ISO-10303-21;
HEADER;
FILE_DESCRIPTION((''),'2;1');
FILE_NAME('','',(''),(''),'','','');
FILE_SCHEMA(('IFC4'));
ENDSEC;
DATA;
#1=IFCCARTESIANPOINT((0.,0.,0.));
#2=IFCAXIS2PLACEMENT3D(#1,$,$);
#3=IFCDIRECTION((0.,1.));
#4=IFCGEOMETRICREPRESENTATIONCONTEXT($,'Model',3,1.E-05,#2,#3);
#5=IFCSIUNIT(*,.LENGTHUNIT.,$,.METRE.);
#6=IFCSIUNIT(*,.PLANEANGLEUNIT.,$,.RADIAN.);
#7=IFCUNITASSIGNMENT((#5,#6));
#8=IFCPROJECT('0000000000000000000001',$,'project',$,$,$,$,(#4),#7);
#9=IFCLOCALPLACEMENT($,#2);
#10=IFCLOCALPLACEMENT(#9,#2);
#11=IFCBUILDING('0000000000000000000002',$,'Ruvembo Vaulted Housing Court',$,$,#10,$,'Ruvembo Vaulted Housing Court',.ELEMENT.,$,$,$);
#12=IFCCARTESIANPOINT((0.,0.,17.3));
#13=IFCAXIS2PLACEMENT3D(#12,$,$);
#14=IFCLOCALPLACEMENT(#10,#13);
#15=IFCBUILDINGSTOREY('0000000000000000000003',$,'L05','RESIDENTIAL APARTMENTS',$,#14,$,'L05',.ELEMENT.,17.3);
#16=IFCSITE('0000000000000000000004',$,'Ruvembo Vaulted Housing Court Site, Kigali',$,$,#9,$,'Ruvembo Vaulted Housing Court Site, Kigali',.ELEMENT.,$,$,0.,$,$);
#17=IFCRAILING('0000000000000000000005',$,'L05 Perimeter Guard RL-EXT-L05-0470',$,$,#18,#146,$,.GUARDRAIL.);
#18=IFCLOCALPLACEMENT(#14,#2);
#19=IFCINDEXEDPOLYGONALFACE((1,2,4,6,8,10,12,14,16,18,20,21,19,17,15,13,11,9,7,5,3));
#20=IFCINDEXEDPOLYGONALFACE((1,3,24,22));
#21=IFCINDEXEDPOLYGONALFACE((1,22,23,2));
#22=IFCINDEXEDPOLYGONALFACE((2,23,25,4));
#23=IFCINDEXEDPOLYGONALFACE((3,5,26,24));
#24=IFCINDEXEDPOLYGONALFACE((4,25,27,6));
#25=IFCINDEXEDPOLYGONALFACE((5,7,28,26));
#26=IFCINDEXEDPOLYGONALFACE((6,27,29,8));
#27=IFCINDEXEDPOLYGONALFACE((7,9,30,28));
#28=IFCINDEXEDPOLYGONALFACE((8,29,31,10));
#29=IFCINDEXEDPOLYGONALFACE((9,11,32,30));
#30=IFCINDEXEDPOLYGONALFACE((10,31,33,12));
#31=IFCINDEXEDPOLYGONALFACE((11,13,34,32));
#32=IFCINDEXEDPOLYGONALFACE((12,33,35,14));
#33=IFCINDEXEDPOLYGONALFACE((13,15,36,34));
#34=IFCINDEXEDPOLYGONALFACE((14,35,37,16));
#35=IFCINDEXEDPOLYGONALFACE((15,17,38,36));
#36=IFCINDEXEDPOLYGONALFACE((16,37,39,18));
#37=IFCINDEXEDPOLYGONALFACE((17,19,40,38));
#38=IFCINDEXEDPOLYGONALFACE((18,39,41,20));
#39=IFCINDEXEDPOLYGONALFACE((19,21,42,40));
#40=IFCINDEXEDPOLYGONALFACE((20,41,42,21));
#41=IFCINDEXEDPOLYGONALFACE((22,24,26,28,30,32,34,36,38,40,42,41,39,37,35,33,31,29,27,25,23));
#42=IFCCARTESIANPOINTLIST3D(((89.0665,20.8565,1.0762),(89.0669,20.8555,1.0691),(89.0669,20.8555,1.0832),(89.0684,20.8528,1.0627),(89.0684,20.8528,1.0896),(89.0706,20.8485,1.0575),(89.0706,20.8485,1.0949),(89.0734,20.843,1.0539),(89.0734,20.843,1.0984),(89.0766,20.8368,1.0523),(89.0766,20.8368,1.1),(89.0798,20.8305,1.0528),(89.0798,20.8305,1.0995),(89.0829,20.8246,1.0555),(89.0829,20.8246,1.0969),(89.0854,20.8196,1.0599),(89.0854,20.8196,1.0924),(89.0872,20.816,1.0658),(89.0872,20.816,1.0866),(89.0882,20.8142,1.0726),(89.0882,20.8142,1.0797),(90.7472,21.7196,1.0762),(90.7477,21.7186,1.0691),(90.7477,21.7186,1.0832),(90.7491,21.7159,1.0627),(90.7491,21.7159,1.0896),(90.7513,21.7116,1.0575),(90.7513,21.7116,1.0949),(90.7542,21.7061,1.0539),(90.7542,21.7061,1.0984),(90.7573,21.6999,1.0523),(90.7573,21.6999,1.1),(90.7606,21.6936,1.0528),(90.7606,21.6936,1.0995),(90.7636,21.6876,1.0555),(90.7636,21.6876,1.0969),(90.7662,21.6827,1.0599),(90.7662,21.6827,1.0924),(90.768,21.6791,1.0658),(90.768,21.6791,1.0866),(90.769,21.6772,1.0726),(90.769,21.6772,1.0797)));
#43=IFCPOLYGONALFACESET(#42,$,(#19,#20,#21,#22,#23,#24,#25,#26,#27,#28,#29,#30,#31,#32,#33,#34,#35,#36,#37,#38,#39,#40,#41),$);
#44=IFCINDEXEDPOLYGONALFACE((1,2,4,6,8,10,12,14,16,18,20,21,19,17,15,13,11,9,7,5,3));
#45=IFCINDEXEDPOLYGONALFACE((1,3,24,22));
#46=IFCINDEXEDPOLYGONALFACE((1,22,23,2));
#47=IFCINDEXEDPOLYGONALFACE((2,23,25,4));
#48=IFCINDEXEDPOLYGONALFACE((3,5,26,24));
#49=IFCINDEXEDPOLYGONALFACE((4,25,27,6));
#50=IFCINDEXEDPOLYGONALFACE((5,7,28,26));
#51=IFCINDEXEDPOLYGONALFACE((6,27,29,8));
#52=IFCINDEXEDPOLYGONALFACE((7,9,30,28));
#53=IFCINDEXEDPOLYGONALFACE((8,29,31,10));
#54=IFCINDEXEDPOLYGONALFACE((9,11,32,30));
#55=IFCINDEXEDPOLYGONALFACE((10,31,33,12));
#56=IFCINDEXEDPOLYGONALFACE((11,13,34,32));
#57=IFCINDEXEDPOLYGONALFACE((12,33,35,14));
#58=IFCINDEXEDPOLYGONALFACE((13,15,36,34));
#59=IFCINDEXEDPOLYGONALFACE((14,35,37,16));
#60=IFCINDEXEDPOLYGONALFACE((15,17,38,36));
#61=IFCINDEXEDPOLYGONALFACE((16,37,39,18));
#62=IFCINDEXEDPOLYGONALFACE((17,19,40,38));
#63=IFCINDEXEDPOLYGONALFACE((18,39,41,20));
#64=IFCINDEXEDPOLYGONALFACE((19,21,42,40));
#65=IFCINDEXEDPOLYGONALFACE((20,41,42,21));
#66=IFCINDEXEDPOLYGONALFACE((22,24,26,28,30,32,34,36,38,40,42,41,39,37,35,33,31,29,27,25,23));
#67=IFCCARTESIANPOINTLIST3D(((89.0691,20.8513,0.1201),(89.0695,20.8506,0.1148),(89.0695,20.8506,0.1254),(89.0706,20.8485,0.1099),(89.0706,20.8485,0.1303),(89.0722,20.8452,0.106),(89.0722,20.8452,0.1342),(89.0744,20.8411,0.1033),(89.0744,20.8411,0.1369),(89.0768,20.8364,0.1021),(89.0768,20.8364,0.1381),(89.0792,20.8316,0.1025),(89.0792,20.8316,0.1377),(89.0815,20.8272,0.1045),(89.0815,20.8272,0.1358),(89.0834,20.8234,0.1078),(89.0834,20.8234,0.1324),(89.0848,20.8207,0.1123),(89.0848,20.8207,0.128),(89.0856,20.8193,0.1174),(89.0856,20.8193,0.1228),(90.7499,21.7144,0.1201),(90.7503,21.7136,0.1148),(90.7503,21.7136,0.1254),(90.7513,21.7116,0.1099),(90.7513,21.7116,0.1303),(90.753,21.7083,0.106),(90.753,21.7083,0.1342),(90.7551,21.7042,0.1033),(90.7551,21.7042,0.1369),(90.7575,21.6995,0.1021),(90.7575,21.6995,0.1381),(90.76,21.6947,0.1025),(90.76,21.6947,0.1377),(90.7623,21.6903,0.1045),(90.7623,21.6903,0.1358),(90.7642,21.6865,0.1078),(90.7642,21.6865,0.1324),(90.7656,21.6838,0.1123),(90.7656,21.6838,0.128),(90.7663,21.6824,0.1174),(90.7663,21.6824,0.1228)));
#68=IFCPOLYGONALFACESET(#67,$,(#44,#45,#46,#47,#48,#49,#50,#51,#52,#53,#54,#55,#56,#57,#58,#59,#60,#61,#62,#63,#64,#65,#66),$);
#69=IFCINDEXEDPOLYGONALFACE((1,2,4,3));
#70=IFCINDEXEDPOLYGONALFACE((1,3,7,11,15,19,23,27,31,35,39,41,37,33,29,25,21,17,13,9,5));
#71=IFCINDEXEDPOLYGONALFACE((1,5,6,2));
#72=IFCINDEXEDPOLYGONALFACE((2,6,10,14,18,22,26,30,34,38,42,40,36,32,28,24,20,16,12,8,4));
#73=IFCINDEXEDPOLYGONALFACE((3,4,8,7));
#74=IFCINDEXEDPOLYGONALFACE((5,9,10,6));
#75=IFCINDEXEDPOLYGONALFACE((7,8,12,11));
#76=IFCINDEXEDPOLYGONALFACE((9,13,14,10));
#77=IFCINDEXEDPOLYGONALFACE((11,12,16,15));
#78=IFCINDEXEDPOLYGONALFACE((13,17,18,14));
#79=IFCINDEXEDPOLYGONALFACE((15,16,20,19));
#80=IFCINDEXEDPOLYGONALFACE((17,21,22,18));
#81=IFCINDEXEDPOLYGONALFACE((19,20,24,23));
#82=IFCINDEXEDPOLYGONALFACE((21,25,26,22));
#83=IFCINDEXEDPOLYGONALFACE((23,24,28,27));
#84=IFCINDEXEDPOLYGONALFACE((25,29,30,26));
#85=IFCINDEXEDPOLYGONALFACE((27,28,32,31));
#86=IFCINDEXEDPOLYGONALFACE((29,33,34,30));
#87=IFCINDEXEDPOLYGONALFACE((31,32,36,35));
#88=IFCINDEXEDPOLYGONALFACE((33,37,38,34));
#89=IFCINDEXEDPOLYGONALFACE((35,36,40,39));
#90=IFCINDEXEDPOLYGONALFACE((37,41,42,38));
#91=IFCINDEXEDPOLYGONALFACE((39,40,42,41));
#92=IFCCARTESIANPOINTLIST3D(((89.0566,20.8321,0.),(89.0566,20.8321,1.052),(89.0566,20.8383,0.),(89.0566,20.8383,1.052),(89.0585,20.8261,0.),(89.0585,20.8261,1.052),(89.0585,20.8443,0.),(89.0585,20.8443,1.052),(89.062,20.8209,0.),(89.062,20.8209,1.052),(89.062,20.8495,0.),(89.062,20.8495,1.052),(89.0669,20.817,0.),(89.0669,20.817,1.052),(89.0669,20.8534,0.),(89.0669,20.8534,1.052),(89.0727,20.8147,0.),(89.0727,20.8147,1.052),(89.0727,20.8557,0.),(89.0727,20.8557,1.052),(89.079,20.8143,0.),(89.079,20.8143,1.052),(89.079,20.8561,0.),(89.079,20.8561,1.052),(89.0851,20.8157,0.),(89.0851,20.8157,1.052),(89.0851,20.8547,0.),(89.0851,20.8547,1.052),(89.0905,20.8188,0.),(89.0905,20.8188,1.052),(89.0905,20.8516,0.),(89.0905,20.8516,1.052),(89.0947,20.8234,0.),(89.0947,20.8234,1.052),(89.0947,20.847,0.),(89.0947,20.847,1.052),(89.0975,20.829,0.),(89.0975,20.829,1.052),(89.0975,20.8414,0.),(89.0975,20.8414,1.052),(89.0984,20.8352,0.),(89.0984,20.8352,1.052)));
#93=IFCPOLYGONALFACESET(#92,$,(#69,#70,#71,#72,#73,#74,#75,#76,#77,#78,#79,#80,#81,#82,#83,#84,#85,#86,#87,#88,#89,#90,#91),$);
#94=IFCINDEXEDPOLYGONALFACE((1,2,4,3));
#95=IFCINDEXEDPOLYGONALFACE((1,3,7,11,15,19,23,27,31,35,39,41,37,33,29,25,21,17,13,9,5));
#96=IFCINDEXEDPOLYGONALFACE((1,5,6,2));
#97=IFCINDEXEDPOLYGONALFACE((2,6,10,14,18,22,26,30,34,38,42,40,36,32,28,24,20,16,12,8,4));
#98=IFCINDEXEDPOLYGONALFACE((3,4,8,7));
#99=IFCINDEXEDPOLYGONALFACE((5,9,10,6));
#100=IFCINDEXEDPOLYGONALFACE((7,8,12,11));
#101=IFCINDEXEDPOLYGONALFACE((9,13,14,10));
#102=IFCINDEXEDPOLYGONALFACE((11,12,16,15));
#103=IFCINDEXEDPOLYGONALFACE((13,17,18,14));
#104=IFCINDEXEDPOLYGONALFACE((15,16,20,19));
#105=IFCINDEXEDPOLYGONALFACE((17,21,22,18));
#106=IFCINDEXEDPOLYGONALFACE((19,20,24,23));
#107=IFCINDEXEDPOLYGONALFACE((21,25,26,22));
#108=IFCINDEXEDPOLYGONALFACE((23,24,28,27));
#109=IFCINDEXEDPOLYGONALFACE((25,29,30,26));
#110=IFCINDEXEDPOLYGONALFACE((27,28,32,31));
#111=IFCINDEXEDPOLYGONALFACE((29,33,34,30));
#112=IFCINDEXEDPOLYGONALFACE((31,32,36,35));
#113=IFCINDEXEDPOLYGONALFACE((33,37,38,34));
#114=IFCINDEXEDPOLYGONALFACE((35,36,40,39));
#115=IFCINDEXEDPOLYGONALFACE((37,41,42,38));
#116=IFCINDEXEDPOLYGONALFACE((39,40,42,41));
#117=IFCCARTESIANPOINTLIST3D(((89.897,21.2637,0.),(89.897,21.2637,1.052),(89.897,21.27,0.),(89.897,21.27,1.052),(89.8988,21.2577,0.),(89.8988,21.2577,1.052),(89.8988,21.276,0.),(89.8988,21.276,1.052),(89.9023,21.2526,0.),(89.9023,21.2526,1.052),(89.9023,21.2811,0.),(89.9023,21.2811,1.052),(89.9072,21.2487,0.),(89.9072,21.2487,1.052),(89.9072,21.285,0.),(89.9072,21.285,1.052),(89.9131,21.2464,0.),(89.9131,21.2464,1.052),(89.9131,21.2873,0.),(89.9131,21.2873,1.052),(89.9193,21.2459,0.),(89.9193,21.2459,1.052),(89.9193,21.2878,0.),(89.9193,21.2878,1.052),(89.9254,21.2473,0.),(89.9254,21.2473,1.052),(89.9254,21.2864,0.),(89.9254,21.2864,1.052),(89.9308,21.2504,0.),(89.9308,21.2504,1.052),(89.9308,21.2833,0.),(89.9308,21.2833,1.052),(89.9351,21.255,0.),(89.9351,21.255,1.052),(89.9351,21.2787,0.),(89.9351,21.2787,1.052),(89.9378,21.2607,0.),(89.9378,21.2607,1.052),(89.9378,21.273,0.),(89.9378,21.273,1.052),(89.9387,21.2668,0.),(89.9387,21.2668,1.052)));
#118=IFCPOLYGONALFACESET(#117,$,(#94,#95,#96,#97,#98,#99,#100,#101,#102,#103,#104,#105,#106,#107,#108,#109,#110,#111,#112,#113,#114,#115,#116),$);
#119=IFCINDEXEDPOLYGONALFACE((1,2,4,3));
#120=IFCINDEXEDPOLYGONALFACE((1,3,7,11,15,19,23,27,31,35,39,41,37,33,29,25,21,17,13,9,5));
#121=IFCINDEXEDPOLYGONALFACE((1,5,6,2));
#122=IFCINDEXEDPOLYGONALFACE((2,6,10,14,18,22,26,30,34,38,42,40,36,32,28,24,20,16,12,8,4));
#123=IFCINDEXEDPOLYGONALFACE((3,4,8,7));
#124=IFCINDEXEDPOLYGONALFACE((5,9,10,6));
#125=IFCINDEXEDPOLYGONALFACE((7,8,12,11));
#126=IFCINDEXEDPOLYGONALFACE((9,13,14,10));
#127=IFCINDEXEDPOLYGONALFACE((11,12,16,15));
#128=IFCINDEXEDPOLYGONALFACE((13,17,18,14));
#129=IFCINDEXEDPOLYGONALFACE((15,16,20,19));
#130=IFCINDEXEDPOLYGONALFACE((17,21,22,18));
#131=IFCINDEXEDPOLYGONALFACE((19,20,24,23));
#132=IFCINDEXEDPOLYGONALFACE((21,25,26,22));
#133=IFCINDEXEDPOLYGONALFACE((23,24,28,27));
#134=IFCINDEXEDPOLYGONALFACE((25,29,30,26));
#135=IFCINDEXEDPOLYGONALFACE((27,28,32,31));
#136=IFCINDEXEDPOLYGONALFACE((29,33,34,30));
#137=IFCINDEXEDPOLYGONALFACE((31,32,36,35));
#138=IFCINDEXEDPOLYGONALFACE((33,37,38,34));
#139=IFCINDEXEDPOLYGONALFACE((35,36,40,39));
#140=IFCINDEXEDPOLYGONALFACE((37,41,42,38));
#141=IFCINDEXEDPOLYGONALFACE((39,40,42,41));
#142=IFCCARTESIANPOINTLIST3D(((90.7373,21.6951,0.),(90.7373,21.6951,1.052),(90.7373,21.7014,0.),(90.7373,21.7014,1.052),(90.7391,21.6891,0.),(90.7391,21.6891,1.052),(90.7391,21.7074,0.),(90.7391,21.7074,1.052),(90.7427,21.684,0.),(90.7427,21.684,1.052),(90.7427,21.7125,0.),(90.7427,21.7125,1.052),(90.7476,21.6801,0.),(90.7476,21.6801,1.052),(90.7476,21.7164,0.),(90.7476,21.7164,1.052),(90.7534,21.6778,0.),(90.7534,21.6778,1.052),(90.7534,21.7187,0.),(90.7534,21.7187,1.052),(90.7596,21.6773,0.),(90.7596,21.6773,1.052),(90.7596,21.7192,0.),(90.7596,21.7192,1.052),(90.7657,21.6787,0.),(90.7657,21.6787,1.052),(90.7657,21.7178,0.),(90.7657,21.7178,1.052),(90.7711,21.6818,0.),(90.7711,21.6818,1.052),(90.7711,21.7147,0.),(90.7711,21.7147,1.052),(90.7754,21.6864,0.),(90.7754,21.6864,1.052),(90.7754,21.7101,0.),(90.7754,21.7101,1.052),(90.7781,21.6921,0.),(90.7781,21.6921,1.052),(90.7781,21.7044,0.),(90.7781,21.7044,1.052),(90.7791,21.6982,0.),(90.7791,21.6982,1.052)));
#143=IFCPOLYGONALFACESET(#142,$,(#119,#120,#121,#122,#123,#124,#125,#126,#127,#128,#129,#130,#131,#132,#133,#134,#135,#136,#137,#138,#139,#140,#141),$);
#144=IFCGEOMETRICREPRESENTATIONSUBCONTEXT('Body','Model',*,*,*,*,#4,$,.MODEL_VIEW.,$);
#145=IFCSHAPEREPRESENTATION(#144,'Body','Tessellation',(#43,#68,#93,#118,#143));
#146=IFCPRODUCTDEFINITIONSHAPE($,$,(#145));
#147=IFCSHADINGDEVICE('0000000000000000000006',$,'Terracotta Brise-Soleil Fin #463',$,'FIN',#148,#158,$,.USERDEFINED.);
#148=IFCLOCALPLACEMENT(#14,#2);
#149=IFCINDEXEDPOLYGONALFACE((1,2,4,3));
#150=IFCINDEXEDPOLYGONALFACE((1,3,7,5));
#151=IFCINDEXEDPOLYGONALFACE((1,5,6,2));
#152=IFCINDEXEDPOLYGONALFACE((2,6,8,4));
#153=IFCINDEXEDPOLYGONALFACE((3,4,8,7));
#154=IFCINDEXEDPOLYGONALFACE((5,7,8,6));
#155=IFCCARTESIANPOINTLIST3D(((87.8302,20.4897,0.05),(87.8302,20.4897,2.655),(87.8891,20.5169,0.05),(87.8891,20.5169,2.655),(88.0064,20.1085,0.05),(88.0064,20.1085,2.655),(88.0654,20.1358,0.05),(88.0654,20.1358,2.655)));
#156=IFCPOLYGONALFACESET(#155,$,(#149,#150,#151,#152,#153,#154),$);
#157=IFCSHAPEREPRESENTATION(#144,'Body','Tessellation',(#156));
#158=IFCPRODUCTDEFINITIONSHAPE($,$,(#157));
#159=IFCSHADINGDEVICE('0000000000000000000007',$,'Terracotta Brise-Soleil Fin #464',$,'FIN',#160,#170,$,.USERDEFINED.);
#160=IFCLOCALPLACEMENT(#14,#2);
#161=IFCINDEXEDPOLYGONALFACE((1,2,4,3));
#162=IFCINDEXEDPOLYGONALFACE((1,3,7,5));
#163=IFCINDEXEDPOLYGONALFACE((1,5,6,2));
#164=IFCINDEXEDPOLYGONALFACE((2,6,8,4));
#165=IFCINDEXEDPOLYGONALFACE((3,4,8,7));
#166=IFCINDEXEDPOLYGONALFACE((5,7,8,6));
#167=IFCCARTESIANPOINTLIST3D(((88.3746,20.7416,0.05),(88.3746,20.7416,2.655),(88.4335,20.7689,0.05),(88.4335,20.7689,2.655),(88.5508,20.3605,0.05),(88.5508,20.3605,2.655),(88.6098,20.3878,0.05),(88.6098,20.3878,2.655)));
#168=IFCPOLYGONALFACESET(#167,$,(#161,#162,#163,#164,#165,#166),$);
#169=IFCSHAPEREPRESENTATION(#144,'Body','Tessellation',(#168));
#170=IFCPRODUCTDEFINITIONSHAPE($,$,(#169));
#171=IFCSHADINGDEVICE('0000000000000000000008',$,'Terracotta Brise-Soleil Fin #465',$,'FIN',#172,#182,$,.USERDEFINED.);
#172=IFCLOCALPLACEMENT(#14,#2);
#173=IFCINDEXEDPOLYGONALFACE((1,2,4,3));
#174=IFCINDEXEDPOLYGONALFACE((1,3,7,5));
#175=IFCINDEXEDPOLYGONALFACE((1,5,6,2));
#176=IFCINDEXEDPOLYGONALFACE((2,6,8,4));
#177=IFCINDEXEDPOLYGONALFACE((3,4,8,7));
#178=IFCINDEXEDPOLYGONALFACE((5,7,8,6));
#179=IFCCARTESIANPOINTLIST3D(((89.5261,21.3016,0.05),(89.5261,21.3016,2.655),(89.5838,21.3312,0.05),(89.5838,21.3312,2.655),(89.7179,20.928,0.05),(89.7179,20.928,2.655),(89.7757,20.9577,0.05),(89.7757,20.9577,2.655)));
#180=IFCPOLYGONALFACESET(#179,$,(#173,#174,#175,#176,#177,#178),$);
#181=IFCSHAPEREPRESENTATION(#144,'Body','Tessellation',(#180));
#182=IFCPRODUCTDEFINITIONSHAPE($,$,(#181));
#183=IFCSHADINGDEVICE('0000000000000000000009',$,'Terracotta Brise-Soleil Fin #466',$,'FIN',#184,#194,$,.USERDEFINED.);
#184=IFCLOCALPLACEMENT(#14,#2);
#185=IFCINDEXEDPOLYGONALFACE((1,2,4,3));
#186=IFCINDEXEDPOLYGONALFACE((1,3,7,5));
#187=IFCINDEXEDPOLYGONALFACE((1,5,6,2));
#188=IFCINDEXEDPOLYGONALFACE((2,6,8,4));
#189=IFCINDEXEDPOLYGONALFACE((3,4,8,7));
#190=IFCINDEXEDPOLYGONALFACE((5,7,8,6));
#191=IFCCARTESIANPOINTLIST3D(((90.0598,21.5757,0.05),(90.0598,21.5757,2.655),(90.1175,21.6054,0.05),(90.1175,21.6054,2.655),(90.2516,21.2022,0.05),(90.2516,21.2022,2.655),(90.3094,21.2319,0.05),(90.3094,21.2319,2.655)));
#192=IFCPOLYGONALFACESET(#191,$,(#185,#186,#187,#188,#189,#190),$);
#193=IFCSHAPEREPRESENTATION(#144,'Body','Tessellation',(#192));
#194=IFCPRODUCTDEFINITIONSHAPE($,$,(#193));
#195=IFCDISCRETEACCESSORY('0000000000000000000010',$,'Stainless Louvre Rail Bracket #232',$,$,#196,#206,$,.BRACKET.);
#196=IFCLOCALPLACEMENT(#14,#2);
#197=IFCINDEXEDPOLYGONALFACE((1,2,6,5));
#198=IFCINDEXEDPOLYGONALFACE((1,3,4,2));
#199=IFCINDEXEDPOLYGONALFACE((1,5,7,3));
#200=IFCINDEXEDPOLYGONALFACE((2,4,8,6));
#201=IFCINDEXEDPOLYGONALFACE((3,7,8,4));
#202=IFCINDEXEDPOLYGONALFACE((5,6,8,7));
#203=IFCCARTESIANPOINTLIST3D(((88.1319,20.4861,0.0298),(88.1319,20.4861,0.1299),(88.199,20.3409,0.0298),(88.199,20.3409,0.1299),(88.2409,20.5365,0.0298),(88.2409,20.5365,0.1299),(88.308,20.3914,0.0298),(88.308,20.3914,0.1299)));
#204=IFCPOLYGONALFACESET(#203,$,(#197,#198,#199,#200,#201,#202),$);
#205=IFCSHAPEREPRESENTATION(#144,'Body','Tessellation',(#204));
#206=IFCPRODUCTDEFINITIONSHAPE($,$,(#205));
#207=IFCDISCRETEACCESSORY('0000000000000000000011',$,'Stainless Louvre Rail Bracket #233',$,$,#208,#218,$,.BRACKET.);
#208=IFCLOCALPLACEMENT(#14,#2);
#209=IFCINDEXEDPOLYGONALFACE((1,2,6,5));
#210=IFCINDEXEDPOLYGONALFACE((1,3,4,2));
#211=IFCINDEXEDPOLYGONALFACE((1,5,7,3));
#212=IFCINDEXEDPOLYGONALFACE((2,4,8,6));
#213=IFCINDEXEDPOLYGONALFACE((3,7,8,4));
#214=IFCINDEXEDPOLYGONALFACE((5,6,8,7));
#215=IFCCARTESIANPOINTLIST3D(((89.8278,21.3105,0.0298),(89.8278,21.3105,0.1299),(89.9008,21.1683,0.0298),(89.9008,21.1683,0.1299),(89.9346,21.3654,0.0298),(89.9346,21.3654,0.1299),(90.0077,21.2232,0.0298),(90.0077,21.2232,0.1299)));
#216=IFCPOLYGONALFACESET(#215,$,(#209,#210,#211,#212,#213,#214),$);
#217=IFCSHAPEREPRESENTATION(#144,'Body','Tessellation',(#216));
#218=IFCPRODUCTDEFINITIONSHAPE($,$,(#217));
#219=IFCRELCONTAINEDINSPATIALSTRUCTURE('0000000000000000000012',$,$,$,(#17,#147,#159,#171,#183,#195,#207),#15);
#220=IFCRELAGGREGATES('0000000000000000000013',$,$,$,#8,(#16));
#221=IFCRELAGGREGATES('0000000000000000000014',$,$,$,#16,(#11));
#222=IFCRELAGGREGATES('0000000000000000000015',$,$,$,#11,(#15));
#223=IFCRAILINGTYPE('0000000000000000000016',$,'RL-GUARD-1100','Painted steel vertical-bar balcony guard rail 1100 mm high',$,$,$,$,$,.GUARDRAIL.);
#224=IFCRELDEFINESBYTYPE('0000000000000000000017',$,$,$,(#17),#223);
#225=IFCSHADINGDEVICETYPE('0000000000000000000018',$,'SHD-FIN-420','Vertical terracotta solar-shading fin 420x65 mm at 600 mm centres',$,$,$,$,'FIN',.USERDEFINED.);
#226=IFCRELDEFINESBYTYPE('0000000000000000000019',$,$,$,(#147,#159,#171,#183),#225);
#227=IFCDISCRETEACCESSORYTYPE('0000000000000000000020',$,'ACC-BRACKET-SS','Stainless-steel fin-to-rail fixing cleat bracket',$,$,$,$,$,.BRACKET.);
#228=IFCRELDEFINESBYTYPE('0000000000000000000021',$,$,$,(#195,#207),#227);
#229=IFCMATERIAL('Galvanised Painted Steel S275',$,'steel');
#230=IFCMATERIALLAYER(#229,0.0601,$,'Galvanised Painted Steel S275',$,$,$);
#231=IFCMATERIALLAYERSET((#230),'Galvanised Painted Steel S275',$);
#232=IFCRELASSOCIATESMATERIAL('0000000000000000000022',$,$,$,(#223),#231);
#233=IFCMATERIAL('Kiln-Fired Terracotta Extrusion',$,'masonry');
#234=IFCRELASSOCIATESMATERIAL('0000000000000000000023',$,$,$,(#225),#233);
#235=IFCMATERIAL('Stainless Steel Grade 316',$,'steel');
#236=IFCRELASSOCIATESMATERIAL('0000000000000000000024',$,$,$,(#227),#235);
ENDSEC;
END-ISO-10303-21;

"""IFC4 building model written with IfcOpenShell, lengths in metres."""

from ifc_helpers import new_model, si_unit, direction, frame, origin, origin_2d, place, context, subcontext, project, spatial, rectangle, circle, extrude, material, layer, layer_set, type_object, element, save


model = new_model("IFC4")

# Units and contexts
model_context = context("Model", 3, precision=1e-05, world=origin(), true_north=direction((0.0, 1.0)))
body_context = subcontext(model_context, "Body", "Model", "MODEL_VIEW")
ifc_project = project(units=[si_unit("LENGTHUNIT", "METRE"), si_unit("PLANEANGLEUNIT", "RADIAN")], contexts=[model_context])

# Site, building, storey
site_placement = place(None, origin())
site = spatial("IfcSite", under=ifc_project, at=site_placement, Name="Ruvembo Vaulted Housing Court Site, Kigali", LongName="Ruvembo Vaulted Housing Court Site, Kigali", CompositionType="ELEMENT", RefElevation=0.0)
building_placement = place(site_placement, origin())
building = spatial("IfcBuilding", under=site, at=building_placement, Name="Ruvembo Vaulted Housing Court", LongName="Ruvembo Vaulted Housing Court", CompositionType="ELEMENT")
storey_placement = place(building_placement, frame((0.0, 0.0, 17.3)))
storey = spatial("IfcBuildingStorey", under=building, at=storey_placement, Name="L05", Description="RESIDENTIAL APARTMENTS", LongName="L05", CompositionType="ELEMENT", Elevation=17.3)

# Railing
ifc_material_1 = material(Name="Galvanised Painted Steel S275", Category="steel")
ifc_layer_1 = layer(ifc_material_1, 0.0601, Name="Galvanised Painted Steel S275")
ifc_layer_set_1 = layer_set([ifc_layer_1], Name="Galvanised Painted Steel S275")
railing_type = type_object("IfcRailingType", Name="RL-GUARD-1100", Description="Painted steel vertical-bar balcony guard rail 1100 mm high", PredefinedType="GUARDRAIL", material=ifc_layer_set_1)
railing_1_placement = place(storey_placement, frame((89.0774, 20.8352, 0.0)))
element("IfcRailing", 1, at=railing_1_placement, inside=storey, type_object=railing_type, Name="L05 Perimeter Guard RL-EXT-L05-0470", PredefinedType="GUARDRAIL", context=body_context, shape_type="SweptSolid", body=[
    extrude(circle(Radius=0.0239, at=origin_2d()), frame((0.0, 0.0, 1.0762), z_axis=(0.889568, 0.456802, 0.0), x_axis=(-0.456802, 0.889568, 0.0)), (0.0, 0.0, 1.0), 1.8894),
    extrude(circle(Radius=0.0181, at=origin_2d()), frame((0.0, 0.0, 0.1201), z_axis=(0.889568, 0.456802, 0.0), x_axis=(-0.456802, 0.889568, 0.0)), (0.0, 0.0, 1.0), 1.8894),
    extrude(circle(Radius=0.021, at=origin_2d()), origin(), (0.0, 0.0, 1.0), 1.052),
    extrude(circle(Radius=0.021, at=origin_2d()), frame((0.8403, 0.4316, 0.0)), (0.0, 0.0, 1.0), 1.052),
    extrude(circle(Radius=0.021, at=origin_2d()), frame((1.6807, 0.863, 0.0)), (0.0, 0.0, 1.0), 1.052),
])

# Shading devices
ifc_material_2 = material(Name="Kiln-Fired Terracotta Extrusion", Category="masonry")
shading_device_type = type_object("IfcShadingDeviceType", Name="SHD-FIN-420", Description="Vertical terracotta solar-shading fin 420x65 mm at 600 mm centres", ElementType="FIN", PredefinedType="USERDEFINED", material=ifc_material_2)
for number, where, z_axis, x_axis, name in (
    (2, (87.9478, 20.3127, 0.05), (0.0, 0.0, 1.0), (0.419737, -0.907646, 0.0), "Terracotta Brise-Soleil Fin #463"),
    (3, (88.4922, 20.5647, 0.05), (0.0, 0.0, 1.0), (0.419737, -0.907646, 0.0), "Terracotta Brise-Soleil Fin #464"),
    (4, (89.6509, 21.1296, 0.05), (0.0, 0.0, 1.0), (0.45685, -0.889544, 0.0), "Terracotta Brise-Soleil Fin #465"),
    (5, (90.1846, 21.4038, 0.05), (0.0, 0.0, 1.0), (0.45685, -0.889544, 0.0), "Terracotta Brise-Soleil Fin #466"),
):
    element("IfcShadingDevice", number, at=place(storey_placement, frame(where, z_axis=z_axis, x_axis=x_axis)), inside=storey, type_object=shading_device_type, Name=name, ObjectType="FIN", PredefinedType="USERDEFINED", context=body_context, shape_type="SweptSolid", body=[
        extrude(rectangle(XDim=0.4199, YDim=0.0649, at=origin_2d()), origin(), (0.0, 0.0, 1.0), 2.605),
    ])

# Discrete accessories
ifc_material_3 = material(Name="Stainless Steel Grade 316", Category="steel")
discrete_accessory_type = type_object("IfcDiscreteAccessoryType", Name="ACC-BRACKET-SS", Description="Stainless-steel fin-to-rail fixing cleat bracket", PredefinedType="BRACKET", material=ifc_material_3)
for number, where, z_axis, x_axis, name in (
    (6, (88.22, 20.4387, 0.0298), (0.0, 0.0, 1.0), (0.419737, -0.907646, 0.0), "Stainless Louvre Rail Bracket #232"),
    (7, (89.9177, 21.2668, 0.0298), (0.0, 0.0, 1.0), (0.45685, -0.889544, 0.0), "Stainless Louvre Rail Bracket #233"),
):
    element("IfcDiscreteAccessory", number, at=place(storey_placement, frame(where, z_axis=z_axis, x_axis=x_axis)), inside=storey, type_object=discrete_accessory_type, Name=name, PredefinedType="BRACKET", context=body_context, shape_type="SweptSolid", body=[
        extrude(rectangle(XDim=0.1599, YDim=0.1201, at=origin_2d()), origin(), (0.0, 0.0, 1.0), 0.1001),
    ])

save(model, "model.ifc")
